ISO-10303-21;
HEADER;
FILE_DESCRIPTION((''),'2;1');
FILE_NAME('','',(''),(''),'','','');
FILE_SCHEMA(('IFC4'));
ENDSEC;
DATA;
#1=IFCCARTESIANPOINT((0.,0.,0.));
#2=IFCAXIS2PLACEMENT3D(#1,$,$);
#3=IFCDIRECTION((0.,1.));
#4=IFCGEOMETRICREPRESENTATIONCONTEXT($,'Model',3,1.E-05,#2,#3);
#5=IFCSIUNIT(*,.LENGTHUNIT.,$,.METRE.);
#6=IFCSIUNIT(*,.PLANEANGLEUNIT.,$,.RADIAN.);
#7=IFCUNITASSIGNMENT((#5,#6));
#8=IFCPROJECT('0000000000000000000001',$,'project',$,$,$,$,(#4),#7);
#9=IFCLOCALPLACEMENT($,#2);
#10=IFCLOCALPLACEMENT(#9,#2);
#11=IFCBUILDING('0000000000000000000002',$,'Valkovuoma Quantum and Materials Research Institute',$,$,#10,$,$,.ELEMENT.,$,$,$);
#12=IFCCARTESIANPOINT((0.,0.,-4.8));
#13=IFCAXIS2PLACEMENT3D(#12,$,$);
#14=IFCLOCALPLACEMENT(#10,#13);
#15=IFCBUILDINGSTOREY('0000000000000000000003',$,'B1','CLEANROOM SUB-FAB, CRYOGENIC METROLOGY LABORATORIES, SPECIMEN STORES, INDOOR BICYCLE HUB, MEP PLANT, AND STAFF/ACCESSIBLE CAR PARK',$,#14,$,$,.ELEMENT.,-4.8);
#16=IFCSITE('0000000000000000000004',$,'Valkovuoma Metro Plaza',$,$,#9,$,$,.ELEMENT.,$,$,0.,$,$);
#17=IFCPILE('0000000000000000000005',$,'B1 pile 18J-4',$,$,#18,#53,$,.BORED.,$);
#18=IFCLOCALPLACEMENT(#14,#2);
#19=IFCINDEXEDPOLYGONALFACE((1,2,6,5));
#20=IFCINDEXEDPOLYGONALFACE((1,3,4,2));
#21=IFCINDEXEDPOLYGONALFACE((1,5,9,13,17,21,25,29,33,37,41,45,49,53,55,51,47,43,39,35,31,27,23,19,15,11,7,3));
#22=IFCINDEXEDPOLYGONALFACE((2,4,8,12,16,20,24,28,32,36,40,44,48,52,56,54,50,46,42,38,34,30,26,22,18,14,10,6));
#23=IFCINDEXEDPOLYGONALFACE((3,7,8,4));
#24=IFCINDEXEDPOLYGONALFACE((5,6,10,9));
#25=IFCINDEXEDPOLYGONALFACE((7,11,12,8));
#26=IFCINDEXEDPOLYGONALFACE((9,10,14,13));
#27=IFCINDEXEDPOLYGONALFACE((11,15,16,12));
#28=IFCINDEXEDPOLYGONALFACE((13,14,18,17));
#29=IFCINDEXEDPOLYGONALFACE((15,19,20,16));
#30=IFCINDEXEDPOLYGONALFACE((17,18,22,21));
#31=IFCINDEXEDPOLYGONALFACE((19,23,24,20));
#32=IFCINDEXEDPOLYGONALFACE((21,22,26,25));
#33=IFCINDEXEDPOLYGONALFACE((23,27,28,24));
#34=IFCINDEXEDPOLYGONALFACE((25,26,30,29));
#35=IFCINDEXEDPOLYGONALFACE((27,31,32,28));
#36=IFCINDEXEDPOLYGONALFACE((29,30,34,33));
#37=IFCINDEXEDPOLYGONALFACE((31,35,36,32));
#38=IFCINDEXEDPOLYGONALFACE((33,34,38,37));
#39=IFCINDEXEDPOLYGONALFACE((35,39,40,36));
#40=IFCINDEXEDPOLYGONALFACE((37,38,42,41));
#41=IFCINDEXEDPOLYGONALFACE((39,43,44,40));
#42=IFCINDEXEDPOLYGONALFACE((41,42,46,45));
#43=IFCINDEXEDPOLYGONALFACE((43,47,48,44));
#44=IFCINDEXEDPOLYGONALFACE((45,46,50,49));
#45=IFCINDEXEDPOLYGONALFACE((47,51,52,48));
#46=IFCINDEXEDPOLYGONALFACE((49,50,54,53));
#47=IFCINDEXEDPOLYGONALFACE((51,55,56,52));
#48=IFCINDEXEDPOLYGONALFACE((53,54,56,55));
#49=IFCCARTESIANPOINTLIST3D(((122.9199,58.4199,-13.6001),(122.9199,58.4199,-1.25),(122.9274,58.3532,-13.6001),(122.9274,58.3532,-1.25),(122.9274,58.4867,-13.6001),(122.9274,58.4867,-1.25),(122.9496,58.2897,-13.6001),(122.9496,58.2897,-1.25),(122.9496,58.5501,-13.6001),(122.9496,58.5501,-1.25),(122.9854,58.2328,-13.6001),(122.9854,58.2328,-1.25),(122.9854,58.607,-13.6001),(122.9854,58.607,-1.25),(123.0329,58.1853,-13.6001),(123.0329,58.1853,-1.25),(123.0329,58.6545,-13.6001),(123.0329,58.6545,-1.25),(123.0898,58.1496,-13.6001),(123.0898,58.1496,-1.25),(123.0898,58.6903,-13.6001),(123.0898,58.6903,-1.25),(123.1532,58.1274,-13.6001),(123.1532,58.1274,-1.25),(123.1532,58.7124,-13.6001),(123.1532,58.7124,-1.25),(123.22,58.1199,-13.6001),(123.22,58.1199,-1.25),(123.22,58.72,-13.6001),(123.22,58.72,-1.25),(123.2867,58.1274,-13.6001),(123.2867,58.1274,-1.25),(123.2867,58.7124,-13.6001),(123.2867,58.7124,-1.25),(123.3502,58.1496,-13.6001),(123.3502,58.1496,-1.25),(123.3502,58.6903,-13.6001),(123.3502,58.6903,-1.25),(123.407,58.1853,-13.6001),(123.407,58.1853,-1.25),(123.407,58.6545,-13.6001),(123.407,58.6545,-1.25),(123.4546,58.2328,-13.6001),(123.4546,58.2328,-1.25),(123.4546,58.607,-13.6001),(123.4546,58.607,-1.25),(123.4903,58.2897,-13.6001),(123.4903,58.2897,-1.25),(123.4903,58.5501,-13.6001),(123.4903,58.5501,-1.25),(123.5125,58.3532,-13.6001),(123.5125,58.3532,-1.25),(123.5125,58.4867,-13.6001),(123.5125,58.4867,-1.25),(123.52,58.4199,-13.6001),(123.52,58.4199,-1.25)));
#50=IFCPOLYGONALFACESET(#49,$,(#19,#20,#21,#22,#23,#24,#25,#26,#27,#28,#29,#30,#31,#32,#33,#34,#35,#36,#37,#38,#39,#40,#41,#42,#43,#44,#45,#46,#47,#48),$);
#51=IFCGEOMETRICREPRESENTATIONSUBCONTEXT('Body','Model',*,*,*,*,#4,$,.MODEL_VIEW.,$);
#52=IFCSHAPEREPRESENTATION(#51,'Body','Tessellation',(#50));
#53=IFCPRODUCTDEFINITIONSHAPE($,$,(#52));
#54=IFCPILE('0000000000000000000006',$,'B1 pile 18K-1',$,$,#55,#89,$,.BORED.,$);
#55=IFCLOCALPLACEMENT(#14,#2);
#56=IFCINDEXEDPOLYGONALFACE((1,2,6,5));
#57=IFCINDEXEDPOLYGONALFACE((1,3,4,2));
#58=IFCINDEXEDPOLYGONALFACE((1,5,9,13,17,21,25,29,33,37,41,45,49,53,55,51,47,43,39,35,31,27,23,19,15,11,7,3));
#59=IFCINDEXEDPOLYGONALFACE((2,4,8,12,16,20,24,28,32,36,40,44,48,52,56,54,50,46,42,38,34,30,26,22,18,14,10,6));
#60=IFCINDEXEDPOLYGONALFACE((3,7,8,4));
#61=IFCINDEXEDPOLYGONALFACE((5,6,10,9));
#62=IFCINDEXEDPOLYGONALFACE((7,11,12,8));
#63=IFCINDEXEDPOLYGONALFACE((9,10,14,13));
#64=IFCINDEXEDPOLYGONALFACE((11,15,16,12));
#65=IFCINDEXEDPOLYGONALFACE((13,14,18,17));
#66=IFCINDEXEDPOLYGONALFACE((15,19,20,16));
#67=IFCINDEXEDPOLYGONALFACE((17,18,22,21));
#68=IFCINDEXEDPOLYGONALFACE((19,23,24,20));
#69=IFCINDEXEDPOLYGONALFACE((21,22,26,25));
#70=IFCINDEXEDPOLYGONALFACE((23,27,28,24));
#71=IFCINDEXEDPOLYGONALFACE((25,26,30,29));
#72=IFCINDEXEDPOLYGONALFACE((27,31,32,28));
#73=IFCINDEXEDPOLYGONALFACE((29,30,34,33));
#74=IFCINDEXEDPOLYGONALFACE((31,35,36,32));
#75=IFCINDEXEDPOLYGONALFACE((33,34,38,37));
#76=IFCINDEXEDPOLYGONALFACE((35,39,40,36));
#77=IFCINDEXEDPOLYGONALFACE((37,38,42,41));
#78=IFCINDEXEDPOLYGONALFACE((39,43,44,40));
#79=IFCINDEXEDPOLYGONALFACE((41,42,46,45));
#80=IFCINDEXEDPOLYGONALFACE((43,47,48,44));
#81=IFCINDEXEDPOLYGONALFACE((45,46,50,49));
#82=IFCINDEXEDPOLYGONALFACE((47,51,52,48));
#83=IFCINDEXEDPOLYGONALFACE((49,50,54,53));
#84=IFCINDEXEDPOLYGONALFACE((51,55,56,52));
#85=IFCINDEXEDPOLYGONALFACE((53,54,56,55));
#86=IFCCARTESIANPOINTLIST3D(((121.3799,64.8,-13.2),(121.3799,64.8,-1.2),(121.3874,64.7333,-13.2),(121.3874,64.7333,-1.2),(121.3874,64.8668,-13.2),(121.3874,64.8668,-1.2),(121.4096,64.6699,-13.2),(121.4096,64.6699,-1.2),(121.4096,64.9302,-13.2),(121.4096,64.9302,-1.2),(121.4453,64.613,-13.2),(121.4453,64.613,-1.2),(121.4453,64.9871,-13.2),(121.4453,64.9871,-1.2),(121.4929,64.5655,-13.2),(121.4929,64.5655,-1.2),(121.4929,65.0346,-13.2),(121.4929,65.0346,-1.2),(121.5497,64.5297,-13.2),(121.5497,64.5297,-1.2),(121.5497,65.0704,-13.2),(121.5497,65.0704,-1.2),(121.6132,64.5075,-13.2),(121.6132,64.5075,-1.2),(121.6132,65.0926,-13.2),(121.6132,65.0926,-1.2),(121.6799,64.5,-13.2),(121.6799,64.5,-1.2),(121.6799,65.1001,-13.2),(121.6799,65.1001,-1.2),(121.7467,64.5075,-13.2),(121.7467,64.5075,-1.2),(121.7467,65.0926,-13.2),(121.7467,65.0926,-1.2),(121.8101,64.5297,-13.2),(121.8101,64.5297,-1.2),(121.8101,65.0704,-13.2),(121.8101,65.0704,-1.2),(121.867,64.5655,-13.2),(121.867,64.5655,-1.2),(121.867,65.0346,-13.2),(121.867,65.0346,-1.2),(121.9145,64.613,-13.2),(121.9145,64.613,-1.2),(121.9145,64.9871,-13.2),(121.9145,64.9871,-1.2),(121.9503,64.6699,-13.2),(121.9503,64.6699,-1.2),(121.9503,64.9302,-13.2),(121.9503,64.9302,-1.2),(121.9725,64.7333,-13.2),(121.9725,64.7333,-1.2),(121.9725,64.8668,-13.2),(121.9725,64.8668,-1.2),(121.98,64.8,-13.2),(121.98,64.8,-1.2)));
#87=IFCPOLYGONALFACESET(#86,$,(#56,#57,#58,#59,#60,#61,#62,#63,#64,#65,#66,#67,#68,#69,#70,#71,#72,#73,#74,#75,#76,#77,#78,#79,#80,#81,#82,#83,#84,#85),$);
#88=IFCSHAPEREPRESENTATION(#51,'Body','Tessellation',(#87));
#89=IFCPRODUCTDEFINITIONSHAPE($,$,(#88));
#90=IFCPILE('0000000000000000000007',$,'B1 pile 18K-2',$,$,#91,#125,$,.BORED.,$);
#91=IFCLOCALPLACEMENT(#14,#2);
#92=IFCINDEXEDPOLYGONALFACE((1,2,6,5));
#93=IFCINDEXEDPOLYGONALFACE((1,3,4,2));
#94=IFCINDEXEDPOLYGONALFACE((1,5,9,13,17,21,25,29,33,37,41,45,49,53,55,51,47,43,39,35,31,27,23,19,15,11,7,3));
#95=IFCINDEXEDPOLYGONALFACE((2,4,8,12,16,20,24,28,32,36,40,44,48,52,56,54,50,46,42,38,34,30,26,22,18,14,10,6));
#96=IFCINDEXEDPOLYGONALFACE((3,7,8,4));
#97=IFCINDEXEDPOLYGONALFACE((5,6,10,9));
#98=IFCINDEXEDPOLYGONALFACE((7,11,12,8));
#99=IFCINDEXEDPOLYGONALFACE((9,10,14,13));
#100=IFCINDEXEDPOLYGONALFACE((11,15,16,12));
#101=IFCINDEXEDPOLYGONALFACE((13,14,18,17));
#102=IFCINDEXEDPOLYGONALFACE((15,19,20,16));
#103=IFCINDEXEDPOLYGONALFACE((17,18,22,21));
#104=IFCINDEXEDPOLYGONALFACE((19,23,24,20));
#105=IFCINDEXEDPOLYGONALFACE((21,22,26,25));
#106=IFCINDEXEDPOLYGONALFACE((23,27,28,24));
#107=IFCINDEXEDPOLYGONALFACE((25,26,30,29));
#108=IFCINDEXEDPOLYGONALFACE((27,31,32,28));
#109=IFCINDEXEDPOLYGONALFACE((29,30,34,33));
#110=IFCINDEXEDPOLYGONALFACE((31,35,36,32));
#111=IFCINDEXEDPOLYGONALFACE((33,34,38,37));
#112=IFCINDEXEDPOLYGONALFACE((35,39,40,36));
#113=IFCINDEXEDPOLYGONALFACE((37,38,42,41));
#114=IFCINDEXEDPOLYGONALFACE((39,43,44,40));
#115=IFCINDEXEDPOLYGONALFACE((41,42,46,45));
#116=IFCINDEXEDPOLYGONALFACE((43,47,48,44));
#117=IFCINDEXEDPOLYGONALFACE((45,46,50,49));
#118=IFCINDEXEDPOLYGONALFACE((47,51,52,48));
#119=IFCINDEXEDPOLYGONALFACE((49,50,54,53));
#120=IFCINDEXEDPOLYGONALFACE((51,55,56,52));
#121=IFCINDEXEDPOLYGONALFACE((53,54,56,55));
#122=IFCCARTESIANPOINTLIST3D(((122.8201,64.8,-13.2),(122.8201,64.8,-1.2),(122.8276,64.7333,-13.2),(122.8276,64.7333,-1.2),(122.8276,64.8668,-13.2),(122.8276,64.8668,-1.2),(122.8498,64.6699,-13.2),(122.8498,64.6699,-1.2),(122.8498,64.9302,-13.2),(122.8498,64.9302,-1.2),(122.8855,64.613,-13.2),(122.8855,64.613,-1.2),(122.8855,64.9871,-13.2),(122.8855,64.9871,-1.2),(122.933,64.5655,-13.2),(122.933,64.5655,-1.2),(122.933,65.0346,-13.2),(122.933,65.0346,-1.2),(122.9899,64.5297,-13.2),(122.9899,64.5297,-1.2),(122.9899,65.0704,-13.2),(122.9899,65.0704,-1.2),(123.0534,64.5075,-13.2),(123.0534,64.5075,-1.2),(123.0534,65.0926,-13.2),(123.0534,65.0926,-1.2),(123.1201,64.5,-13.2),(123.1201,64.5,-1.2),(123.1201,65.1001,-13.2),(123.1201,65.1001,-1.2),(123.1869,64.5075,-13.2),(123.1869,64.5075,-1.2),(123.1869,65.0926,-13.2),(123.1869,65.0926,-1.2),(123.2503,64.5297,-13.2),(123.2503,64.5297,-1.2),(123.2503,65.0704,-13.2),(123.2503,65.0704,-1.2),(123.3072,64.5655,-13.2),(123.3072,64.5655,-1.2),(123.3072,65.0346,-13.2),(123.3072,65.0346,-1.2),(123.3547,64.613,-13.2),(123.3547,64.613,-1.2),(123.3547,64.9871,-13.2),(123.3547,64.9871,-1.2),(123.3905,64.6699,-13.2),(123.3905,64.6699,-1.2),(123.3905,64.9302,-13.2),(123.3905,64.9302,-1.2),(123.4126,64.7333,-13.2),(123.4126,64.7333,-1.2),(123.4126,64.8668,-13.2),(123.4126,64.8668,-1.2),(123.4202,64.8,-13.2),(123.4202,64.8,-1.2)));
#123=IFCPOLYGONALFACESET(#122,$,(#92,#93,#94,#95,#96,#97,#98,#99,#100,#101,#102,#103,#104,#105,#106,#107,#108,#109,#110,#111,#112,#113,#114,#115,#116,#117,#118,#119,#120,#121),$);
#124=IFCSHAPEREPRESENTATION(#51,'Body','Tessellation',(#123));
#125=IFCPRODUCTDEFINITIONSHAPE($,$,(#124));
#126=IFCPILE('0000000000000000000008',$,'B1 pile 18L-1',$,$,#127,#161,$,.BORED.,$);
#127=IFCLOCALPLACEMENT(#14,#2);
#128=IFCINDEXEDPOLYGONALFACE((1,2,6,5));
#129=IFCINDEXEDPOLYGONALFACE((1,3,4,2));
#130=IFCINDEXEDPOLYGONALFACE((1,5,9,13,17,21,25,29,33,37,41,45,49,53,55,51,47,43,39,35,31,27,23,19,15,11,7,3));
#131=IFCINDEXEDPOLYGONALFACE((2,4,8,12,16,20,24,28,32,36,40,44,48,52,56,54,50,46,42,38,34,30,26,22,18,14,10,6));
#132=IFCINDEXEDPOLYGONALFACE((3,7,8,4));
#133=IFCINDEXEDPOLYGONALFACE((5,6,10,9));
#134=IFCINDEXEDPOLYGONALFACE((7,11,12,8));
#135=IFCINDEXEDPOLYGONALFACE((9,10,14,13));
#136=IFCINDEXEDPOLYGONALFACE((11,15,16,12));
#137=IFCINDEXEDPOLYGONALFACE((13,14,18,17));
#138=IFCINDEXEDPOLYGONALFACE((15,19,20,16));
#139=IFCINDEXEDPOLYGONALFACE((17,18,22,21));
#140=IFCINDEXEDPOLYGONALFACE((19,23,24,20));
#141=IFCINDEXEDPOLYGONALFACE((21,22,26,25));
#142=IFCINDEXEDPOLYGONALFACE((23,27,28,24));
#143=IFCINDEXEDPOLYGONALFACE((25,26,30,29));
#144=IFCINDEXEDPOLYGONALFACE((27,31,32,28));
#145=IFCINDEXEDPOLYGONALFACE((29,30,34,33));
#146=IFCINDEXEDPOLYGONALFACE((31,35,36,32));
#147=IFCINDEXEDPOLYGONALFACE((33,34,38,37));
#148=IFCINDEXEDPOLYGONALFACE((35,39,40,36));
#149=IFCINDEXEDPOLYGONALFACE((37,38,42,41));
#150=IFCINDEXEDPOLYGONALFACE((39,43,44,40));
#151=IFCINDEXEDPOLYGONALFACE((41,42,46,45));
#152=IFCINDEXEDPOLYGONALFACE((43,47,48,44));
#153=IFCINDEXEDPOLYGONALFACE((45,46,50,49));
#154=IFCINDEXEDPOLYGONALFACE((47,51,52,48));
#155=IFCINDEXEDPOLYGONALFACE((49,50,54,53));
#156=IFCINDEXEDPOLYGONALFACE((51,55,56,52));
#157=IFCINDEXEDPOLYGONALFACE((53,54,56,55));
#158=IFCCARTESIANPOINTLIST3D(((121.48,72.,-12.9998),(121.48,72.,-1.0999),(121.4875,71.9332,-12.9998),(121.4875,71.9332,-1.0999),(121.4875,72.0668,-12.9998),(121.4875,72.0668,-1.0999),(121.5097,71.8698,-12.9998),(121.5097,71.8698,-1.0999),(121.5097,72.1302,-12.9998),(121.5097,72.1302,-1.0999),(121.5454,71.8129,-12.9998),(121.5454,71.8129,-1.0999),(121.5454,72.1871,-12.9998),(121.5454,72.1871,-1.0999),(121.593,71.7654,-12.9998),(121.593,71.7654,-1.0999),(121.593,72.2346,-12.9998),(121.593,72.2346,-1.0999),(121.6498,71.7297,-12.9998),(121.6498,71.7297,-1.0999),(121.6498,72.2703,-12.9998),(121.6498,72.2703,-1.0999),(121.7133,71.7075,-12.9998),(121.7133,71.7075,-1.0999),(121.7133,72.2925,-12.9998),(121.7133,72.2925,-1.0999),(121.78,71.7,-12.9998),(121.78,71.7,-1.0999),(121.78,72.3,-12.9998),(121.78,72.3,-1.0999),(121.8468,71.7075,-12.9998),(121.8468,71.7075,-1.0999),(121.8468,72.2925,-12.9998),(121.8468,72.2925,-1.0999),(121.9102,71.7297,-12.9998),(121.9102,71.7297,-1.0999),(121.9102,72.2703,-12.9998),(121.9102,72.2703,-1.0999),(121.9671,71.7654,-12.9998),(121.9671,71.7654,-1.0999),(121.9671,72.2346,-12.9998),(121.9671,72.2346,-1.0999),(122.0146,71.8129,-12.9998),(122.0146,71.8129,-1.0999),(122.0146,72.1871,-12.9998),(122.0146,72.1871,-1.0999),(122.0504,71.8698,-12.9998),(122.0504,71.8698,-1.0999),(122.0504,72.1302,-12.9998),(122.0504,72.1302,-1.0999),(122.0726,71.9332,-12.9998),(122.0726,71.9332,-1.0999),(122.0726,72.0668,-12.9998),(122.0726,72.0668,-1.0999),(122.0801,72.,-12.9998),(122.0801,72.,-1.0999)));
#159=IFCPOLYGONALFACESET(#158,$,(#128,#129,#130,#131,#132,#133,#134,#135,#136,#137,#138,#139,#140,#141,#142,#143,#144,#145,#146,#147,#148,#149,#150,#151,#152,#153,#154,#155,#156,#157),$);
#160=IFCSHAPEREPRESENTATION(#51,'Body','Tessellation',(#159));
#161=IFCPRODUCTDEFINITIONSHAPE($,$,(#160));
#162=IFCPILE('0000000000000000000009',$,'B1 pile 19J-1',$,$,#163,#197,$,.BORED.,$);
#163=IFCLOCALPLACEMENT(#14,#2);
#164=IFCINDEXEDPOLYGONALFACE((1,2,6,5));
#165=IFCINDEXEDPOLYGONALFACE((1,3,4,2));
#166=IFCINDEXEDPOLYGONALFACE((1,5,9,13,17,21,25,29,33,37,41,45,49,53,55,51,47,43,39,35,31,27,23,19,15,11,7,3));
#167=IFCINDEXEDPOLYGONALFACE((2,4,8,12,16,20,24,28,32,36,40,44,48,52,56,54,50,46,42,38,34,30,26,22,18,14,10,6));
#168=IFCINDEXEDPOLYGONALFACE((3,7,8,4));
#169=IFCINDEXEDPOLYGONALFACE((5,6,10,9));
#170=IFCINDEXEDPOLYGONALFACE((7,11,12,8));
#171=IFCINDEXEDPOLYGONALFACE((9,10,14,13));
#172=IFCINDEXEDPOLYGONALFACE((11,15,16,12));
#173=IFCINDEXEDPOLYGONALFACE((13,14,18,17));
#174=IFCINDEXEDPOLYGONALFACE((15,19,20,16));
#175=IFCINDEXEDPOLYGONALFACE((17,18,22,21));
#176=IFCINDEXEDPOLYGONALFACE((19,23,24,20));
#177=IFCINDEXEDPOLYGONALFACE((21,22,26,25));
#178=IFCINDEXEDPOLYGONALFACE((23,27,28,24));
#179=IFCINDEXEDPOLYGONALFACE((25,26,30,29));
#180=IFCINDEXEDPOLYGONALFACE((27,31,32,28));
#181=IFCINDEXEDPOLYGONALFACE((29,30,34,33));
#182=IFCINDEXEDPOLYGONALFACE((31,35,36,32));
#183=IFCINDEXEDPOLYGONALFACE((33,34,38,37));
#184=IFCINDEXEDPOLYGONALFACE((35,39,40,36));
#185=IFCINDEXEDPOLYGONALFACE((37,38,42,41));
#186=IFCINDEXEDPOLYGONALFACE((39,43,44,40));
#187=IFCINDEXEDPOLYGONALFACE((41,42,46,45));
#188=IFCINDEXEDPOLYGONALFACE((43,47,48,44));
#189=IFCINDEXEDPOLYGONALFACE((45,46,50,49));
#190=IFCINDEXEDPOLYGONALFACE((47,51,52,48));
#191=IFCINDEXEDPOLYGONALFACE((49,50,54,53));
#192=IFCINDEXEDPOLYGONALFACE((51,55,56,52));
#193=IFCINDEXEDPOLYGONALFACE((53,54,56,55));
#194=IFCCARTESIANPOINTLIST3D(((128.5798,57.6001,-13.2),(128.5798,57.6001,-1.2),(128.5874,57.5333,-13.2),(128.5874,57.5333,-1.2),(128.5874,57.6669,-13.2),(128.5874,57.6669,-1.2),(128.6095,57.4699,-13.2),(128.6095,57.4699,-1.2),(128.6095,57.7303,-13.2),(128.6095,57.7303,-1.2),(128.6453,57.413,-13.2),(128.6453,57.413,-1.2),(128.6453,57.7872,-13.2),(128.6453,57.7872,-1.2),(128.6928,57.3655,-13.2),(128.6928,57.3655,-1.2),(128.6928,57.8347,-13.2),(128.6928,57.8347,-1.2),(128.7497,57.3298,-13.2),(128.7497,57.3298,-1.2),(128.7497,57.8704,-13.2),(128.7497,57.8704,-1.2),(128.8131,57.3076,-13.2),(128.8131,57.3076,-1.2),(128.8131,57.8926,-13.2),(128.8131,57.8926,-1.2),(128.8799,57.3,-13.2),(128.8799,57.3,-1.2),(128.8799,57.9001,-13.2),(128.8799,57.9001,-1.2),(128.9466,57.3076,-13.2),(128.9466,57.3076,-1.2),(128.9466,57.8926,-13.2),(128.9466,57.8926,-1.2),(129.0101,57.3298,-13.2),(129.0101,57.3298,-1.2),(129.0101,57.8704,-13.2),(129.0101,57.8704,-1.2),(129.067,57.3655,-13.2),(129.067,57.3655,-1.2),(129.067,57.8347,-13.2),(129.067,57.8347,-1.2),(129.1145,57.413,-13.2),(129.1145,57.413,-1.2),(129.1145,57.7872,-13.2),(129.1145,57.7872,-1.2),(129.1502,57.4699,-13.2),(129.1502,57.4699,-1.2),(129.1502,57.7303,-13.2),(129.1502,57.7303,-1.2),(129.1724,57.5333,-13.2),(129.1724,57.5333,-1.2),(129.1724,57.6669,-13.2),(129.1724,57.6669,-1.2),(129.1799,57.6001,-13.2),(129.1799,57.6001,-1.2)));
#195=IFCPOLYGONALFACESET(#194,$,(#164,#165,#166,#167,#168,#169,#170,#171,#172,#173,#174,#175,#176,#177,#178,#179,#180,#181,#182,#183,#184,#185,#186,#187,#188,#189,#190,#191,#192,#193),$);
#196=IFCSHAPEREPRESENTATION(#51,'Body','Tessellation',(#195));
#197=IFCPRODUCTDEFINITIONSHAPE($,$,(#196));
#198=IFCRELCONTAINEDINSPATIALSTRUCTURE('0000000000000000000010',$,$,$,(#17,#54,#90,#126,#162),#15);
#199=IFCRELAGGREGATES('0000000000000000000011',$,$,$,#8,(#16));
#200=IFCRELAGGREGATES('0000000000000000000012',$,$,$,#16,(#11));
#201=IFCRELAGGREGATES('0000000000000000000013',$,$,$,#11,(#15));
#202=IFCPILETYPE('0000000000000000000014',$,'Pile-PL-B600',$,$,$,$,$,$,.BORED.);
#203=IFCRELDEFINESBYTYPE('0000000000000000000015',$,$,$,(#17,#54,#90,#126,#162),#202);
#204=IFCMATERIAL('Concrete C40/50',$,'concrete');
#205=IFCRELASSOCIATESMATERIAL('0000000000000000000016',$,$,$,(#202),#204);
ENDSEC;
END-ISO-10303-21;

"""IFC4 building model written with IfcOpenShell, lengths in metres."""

from ifc_helpers import new_model, si_unit, direction, frame, origin, origin_2d, place, context, subcontext, project, spatial, circle, extrude, material, material_profile, profile_set, type_object, element, save


model = new_model("IFC4")

# Units and contexts
model_context = context("Model", 3, precision=1e-05, world=origin(), true_north=direction((0.0, 1.0)))
body_context = subcontext(model_context, "Body", "Model", "MODEL_VIEW")
ifc_project = project(units=[si_unit("LENGTHUNIT", "METRE"), si_unit("PLANEANGLEUNIT", "RADIAN")], contexts=[model_context])

# Site, building, storey
site_placement = place(None, origin())
site = spatial("IfcSite", under=ifc_project, at=site_placement, Name="Valkovuoma Metro Plaza", CompositionType="ELEMENT", RefElevation=0.0)
building_placement = place(site_placement, origin())
building = spatial("IfcBuilding", under=site, at=building_placement, Name="Valkovuoma Quantum and Materials Research Institute", CompositionType="ELEMENT")
storey_placement = place(building_placement, frame((0.0, 0.0, -4.8)))
storey = spatial("IfcBuildingStorey", under=building, at=storey_placement, Name="B1", Description="CLEANROOM SUB-FAB, CRYOGENIC METROLOGY LABORATORIES, SPECIMEN STORES, INDOOR BICYCLE HUB, MEP PLANT, AND STAFF/ACCESSIBLE CAR PARK", CompositionType="ELEMENT", Elevation=-4.8)

# Piles
ifc_material_1 = material(Name="Concrete C40/50", Category="concrete")
ifc_material_profile_1 = material_profile(ifc_material_1, circle(Radius=0.3, at=origin_2d()), Name="Concrete C40/50")
ifc_profile_set_1 = profile_set([ifc_material_profile_1], Name="Concrete C40/50")
pile_type_1 = type_object("IfcPileType", Name="Pile-PL-B600", PredefinedType="BORED", material=ifc_profile_set_1)
for number, where, z_axis, x_axis, name in (
    (1, (123.22, 58.4199, -1.25), (0.0, 0.0, -1.0), (1.0, 0.0, 0.0), "B1 pile 18J-4"),
):
    element("IfcPile", number, at=place(storey_placement, frame(where, z_axis=z_axis, x_axis=x_axis)), inside=storey, type_object=pile_type_1, Name=name, PredefinedType="BORED", context=body_context, shape_type="SweptSolid", body=[
        extrude(circle(Radius=0.3, at=origin_2d()), origin(), (0.0, 0.0, 1.0), 12.3501),
    ])
for number, where, z_axis, x_axis, name in (
    (2, (121.6799, 64.8, -1.2), (0.0, 0.0, -1.0), (1.0, 0.0, 0.0), "B1 pile 18K-1"),
    (3, (123.1201, 64.8, -1.2), (0.0, 0.0, -1.0), (1.0, 0.0, 0.0), "B1 pile 18K-2"),
):
    element("IfcPile", number, at=place(storey_placement, frame(where, z_axis=z_axis, x_axis=x_axis)), inside=storey, type_object=pile_type_1, Name=name, PredefinedType="BORED", context=body_context, shape_type="SweptSolid", body=[
        extrude(circle(Radius=0.3, at=origin_2d()), origin(), (0.0, 0.0, 1.0), 12.0),
    ])
pile_1_placement = place(storey_placement, frame((121.78, 72.0, -1.0999), z_axis=(0.0, 0.0, -1.0), x_axis=(1.0, 0.0, 0.0)))
element("IfcPile", 4, at=pile_1_placement, inside=storey, type_object=pile_type_1, Name="B1 pile 18L-1", PredefinedType="BORED", context=body_context, shape_type="SweptSolid", body=[
    extrude(circle(Radius=0.3, at=origin_2d()), origin(), (0.0, 0.0, 1.0), 11.8999),
])
pile_2_placement = place(storey_placement, frame((128.8799, 57.6001, -1.2), z_axis=(0.0, 0.0, -1.0), x_axis=(1.0, 0.0, 0.0)))
element("IfcPile", 5, at=pile_2_placement, inside=storey, type_object=pile_type_1, Name="B1 pile 19J-1", PredefinedType="BORED", context=body_context, shape_type="SweptSolid", body=[
    extrude(circle(Radius=0.3, at=origin_2d()), origin(), (0.0, 0.0, 1.0), 12.0),
])

save(model, "model.ifc")
